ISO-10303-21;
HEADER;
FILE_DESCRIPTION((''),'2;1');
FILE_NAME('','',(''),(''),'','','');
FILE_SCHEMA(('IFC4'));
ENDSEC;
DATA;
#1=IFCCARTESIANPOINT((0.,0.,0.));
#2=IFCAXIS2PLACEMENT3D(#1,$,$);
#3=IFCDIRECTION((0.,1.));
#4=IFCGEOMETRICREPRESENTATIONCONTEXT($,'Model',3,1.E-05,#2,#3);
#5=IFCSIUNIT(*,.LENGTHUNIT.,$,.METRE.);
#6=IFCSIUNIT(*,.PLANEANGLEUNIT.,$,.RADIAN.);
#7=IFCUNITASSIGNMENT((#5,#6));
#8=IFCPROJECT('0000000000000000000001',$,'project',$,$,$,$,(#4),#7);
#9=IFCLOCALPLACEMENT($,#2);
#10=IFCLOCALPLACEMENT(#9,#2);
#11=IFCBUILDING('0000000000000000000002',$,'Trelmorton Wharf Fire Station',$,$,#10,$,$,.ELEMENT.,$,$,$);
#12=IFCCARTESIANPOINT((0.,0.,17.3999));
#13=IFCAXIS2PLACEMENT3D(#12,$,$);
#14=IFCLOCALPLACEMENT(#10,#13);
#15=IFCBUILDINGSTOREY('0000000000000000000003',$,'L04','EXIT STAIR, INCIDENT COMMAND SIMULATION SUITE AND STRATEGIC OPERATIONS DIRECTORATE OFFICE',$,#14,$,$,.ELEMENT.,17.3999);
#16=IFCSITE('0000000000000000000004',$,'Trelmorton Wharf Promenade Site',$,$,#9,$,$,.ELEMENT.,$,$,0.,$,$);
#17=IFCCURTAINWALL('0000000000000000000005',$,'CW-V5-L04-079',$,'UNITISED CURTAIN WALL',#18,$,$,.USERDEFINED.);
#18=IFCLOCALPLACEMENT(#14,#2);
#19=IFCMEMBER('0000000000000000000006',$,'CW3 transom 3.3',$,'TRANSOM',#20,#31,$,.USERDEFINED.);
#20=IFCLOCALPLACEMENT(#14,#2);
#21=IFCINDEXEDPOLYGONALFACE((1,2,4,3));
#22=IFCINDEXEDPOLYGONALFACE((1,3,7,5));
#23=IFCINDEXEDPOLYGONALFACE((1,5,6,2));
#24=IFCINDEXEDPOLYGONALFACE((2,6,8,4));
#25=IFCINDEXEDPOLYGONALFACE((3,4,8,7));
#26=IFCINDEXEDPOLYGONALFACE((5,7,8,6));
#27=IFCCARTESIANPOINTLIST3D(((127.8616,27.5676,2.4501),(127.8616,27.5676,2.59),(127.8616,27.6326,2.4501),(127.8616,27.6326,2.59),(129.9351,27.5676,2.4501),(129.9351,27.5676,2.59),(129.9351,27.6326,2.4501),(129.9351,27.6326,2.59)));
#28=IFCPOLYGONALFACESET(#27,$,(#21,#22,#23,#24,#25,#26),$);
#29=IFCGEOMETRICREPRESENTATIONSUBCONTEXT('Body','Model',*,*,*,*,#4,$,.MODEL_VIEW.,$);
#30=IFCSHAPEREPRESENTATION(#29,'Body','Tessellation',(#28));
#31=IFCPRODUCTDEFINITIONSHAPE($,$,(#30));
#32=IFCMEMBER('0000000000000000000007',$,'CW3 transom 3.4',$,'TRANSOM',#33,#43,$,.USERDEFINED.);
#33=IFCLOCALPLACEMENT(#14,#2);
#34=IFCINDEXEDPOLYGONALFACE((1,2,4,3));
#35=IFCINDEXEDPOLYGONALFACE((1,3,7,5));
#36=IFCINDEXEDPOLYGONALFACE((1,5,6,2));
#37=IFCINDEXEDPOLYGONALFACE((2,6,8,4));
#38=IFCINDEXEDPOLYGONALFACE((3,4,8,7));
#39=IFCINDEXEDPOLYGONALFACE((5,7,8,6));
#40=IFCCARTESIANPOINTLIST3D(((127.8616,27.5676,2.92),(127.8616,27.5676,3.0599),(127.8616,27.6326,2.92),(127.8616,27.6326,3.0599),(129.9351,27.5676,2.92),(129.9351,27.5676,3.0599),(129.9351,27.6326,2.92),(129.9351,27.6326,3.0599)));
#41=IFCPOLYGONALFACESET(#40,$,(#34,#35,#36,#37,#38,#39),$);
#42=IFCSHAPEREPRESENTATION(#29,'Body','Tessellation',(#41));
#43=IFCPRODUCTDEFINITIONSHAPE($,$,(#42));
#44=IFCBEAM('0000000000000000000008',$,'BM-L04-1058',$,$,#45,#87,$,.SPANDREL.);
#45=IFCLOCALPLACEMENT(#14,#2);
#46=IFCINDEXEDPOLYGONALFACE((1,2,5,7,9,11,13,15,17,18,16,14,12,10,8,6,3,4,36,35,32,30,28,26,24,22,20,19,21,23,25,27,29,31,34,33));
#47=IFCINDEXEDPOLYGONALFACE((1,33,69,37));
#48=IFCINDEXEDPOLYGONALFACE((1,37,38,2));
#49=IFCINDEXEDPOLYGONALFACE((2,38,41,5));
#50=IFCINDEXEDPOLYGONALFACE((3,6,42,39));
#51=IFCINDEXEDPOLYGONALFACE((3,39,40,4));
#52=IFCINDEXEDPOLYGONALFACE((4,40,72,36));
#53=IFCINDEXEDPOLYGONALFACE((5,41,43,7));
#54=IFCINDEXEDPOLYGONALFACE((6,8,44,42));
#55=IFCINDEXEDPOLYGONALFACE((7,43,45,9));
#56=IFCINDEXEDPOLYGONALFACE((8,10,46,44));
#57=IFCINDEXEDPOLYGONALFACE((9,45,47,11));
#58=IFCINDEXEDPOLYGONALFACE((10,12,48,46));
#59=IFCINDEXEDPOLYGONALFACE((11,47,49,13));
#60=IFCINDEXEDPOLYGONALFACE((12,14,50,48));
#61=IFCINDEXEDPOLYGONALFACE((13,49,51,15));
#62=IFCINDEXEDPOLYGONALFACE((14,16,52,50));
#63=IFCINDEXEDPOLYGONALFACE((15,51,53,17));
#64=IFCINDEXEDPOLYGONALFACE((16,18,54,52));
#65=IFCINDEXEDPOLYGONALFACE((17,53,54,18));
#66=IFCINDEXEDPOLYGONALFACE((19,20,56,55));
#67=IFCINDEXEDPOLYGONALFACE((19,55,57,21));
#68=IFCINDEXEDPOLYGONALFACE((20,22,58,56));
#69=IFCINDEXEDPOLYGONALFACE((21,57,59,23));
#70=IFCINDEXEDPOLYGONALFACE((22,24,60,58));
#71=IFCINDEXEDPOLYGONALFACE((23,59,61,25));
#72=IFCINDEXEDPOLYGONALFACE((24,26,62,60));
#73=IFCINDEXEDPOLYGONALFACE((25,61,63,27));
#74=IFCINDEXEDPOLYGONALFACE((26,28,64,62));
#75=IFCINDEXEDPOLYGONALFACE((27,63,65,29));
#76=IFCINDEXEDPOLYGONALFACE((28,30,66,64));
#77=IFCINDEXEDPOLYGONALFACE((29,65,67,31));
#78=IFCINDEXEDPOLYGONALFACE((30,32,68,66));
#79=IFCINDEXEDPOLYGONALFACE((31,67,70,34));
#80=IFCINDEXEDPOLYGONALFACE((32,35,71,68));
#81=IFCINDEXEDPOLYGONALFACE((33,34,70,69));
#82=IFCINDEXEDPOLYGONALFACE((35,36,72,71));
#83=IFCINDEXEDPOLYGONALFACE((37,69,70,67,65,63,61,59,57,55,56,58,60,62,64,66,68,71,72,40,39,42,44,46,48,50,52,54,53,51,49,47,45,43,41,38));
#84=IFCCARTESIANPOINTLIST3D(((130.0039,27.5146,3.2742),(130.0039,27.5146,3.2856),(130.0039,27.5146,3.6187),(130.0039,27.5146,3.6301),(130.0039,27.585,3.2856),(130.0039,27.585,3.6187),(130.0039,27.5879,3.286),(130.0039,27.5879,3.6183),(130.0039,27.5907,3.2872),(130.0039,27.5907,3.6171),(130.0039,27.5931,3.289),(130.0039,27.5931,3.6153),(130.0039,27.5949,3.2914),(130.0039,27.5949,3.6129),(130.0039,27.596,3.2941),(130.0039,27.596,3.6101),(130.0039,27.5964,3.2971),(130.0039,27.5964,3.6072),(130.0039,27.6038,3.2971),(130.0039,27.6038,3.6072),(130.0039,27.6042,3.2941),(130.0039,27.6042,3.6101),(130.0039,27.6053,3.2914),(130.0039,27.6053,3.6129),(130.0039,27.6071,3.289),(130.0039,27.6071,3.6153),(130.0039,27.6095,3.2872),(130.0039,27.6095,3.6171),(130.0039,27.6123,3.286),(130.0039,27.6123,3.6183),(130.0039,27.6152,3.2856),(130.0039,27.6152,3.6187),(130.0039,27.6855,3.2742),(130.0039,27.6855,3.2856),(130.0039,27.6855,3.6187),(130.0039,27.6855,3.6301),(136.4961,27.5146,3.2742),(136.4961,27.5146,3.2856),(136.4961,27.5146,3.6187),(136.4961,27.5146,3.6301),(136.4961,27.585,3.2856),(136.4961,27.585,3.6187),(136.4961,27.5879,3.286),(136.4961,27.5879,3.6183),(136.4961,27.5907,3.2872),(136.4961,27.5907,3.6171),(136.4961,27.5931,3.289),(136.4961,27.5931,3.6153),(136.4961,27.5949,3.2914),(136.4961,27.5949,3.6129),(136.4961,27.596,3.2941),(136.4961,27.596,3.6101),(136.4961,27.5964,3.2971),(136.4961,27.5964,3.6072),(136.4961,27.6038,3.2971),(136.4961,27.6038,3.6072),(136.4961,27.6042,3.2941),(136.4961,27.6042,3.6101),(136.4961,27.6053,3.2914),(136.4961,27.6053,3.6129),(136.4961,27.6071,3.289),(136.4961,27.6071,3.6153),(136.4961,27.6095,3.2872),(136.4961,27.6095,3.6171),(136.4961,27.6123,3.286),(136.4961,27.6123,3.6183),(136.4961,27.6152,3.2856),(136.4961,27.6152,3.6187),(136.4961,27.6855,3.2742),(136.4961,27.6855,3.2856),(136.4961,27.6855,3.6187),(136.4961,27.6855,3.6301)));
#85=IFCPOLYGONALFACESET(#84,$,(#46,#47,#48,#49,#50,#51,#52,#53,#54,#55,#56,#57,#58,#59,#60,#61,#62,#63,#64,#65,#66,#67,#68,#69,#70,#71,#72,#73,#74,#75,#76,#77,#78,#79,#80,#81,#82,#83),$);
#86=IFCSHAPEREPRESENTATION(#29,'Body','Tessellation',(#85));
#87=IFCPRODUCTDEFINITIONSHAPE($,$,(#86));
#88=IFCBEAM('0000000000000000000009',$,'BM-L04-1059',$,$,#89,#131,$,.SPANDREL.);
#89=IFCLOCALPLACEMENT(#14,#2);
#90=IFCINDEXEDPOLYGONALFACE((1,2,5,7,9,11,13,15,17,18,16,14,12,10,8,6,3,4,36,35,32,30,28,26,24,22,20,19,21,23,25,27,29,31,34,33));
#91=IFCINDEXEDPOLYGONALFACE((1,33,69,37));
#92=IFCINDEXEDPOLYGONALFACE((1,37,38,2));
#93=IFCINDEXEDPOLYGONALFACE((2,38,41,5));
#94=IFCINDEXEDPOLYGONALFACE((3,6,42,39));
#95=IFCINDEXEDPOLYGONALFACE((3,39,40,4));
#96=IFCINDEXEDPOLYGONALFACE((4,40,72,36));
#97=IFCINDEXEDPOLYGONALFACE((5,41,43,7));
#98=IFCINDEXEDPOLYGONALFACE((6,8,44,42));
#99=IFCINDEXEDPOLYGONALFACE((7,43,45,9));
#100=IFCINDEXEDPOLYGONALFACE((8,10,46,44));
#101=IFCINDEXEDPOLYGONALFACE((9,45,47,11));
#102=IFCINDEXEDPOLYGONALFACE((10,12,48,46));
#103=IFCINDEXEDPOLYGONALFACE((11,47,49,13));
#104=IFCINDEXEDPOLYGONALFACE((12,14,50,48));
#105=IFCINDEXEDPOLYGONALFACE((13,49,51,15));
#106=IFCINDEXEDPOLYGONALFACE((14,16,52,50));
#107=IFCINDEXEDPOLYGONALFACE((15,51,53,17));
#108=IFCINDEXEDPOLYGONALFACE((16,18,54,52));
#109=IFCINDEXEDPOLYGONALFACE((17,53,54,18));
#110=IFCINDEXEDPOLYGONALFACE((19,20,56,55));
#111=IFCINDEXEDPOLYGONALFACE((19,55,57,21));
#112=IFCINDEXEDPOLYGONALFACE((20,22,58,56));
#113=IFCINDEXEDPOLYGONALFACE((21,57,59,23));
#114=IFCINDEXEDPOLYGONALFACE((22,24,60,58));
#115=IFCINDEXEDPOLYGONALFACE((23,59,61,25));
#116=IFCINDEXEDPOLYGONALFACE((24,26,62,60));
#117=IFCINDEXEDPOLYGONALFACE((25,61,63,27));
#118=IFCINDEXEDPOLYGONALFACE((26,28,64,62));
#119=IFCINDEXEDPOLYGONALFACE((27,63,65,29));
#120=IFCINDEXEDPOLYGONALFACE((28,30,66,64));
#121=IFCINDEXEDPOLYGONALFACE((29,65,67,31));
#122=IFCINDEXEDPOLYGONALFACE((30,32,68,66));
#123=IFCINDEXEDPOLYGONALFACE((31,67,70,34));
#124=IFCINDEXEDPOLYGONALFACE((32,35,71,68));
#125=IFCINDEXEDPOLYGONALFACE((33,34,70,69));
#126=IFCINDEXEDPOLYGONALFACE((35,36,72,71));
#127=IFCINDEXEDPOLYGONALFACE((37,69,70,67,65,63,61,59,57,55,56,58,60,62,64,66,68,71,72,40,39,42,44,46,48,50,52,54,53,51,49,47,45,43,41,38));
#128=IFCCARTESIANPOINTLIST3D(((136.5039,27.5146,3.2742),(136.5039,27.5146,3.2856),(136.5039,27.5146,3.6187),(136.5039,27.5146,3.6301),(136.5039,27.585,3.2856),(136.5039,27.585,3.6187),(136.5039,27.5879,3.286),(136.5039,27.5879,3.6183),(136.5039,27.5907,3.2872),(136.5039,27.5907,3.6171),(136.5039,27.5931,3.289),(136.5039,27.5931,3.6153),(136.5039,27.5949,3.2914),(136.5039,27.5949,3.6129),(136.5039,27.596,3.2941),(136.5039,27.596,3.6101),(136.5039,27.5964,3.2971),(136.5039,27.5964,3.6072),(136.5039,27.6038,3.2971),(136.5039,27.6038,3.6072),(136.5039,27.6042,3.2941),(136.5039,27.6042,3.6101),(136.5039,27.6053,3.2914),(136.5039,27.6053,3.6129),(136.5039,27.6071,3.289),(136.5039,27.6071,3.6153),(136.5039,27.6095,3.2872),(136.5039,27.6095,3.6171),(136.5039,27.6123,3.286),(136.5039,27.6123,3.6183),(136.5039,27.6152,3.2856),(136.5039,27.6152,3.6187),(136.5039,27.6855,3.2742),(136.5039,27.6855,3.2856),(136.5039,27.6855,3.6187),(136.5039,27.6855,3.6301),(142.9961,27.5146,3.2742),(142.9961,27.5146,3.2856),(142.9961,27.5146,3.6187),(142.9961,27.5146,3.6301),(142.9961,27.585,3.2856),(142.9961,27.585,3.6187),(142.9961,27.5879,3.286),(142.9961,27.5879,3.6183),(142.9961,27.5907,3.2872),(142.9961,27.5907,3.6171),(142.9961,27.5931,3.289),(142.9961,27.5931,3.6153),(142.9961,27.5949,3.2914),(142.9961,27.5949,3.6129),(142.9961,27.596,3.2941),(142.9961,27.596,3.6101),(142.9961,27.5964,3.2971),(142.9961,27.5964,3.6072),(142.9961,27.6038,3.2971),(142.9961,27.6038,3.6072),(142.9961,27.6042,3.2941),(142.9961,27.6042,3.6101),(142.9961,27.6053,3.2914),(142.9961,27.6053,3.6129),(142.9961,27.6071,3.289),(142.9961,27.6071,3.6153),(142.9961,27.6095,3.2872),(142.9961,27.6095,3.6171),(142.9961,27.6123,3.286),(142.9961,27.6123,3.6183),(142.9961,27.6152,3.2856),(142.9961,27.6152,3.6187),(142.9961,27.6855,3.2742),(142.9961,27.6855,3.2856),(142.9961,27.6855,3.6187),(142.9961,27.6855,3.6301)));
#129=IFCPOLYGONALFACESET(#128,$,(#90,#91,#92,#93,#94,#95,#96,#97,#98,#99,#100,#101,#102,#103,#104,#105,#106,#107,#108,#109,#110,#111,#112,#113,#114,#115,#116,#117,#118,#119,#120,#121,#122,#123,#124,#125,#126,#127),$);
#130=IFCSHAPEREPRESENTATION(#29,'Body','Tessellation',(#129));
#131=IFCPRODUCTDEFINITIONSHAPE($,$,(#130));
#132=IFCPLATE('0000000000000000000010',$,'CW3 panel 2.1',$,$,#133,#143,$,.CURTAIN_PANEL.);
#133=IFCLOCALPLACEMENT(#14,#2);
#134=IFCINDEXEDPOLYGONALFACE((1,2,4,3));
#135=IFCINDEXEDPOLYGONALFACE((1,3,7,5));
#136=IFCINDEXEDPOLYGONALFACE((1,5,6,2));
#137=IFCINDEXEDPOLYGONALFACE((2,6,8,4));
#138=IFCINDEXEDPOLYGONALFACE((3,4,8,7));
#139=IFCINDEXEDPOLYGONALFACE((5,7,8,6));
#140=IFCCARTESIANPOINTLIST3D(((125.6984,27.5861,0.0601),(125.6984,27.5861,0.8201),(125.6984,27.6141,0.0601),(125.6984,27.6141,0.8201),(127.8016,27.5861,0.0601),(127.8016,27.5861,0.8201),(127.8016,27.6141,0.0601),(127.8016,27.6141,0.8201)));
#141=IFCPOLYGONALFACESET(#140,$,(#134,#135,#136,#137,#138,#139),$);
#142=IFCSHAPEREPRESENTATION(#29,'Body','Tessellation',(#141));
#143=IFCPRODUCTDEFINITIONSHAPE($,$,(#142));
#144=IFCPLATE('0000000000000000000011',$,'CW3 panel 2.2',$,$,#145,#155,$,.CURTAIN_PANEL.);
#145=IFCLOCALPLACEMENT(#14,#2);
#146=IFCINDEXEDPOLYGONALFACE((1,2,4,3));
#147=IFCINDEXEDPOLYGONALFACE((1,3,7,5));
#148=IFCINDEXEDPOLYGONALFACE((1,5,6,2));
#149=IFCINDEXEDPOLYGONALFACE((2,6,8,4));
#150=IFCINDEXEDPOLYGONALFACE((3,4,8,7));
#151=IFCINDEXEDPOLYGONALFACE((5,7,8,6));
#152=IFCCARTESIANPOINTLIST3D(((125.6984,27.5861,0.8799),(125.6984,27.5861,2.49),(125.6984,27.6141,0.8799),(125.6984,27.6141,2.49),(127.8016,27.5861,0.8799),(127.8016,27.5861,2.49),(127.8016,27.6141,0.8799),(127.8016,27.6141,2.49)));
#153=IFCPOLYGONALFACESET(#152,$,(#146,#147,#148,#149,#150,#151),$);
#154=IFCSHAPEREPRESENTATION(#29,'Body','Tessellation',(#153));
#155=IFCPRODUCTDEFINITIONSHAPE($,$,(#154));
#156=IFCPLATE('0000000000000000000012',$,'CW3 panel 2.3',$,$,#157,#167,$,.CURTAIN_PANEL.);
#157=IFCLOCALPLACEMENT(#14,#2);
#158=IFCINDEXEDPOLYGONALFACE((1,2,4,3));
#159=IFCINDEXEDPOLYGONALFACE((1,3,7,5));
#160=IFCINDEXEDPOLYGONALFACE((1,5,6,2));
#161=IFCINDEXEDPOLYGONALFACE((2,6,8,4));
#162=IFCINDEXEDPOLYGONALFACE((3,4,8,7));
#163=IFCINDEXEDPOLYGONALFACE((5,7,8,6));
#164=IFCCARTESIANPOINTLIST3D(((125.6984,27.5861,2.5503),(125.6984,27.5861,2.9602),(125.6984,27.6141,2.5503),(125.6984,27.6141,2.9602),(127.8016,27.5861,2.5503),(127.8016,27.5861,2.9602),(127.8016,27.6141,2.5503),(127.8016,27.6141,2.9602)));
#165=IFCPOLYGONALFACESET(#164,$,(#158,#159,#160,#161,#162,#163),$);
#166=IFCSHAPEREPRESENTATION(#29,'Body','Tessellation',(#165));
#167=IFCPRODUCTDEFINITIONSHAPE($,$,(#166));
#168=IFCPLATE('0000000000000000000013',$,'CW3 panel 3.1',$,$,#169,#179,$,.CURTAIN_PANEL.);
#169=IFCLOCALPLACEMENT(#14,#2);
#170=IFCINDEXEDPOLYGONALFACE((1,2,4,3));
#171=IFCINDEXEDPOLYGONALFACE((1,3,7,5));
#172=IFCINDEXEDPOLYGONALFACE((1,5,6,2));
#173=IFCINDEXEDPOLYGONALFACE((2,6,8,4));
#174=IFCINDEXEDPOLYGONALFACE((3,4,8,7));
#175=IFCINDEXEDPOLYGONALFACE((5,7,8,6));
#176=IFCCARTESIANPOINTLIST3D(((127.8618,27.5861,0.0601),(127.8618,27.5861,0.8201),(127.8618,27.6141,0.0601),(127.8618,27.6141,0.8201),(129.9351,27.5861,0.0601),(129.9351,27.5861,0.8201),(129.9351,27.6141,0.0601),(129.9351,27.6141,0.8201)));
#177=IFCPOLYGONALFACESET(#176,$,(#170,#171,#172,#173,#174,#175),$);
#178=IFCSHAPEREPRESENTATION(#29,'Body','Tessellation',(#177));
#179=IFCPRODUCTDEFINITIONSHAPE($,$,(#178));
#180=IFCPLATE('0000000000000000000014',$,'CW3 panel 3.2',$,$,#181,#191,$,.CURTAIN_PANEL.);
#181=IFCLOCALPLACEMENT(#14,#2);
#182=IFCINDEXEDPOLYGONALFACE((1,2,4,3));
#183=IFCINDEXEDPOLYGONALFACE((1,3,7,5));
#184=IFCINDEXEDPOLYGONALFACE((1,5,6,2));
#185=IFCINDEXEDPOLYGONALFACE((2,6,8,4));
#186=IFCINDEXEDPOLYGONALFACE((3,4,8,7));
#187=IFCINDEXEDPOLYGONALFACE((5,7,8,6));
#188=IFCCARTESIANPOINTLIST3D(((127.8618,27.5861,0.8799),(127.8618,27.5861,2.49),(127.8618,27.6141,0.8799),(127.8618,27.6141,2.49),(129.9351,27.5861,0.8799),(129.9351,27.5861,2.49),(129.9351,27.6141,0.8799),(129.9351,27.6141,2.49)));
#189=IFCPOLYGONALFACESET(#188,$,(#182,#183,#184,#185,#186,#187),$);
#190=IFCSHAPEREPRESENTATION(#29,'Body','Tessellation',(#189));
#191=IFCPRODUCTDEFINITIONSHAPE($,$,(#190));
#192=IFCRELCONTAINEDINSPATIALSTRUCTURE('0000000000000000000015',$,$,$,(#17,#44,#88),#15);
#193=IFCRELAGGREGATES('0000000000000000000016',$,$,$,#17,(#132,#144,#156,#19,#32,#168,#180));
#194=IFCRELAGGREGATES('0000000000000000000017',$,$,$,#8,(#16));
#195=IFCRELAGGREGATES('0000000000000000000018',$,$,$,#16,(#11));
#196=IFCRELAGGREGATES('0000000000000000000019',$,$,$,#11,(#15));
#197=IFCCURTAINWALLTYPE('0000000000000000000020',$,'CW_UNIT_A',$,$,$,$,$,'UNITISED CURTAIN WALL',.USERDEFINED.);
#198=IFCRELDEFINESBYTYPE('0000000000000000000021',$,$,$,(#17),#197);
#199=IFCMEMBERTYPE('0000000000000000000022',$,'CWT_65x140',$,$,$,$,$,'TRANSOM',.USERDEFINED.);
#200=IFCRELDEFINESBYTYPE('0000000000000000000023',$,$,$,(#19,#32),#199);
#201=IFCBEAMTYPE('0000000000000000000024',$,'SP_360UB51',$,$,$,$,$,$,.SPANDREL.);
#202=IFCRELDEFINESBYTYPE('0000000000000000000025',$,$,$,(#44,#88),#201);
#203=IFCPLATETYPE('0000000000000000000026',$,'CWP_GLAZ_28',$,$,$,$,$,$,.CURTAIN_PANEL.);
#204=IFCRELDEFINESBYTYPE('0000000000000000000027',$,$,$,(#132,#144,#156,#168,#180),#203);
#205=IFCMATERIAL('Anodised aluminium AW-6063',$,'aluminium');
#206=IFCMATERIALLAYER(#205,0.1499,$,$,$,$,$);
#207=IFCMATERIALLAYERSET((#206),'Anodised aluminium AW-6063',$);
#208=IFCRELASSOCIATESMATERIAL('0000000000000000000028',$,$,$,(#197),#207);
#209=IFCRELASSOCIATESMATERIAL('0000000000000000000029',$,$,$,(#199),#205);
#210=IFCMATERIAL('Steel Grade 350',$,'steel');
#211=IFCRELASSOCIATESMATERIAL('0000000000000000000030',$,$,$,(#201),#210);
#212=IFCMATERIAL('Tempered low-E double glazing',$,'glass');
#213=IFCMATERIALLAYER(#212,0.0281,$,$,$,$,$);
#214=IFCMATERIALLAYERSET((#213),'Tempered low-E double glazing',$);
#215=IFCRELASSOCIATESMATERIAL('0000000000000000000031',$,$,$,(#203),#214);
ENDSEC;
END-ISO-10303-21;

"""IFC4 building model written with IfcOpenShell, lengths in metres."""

from ifc_helpers import new_model, si_unit, direction, frame, origin, origin_2d, place, context, subcontext, project, spatial, rectangle, i_section, extrude, material, layer, layer_set, material_profile, profile_set, type_object, element, aggregate, save


model = new_model("IFC4")

# Units and contexts
model_context = context("Model", 3, precision=1e-05, world=origin(), true_north=direction((0.0, 1.0)))
body_context = subcontext(model_context, "Body", "Model", "MODEL_VIEW")
ifc_project = project(units=[si_unit("LENGTHUNIT", "METRE"), si_unit("PLANEANGLEUNIT", "RADIAN")], contexts=[model_context])

# Site, building, storey
site_placement = place(None, origin())
site = spatial("IfcSite", under=ifc_project, at=site_placement, Name="Trelmorton Wharf Promenade Site", CompositionType="ELEMENT", RefElevation=0.0)
building_placement = place(site_placement, origin())
building = spatial("IfcBuilding", under=site, at=building_placement, Name="Trelmorton Wharf Fire Station", CompositionType="ELEMENT")
storey_placement = place(building_placement, frame((0.0, 0.0, 17.3999)))
storey = spatial("IfcBuildingStorey", under=building, at=storey_placement, Name="L04", Description="EXIT STAIR, INCIDENT COMMAND SIMULATION SUITE AND STRATEGIC OPERATIONS DIRECTORATE OFFICE", CompositionType="ELEMENT", Elevation=17.3999)

# Shared definitions
ifc_material_1 = material(Name="Steel Grade 350", Category="steel")

# Curtain wall, members
ifc_material_2 = material(Name="Anodised aluminium AW-6063", Category="aluminium")
ifc_layer_1 = layer(ifc_material_2, 0.1499)
ifc_layer_set_1 = layer_set([ifc_layer_1], Name="Anodised aluminium AW-6063")
curtain_wall_type = type_object("IfcCurtainWallType", Name="CW_UNIT_A", ElementType="UNITISED CURTAIN WALL", PredefinedType="USERDEFINED", material=ifc_layer_set_1)
curtain_wall_placement = place(storey_placement, origin())
curtain_wall = element("IfcCurtainWall", 1, at=curtain_wall_placement, inside=storey, type_object=curtain_wall_type, Name="CW-V5-L04-079", ObjectType="UNITISED CURTAIN WALL", PredefinedType="USERDEFINED")
ifc_material_profile_1 = material_profile(ifc_material_2, rectangle(XDim=0.0649, YDim=0.1399, at=origin_2d()), Name="ALU-65x140")
ifc_profile_set_1 = profile_set([ifc_material_profile_1], Name="Anodised aluminium AW-6063")
member_type_1 = type_object("IfcMemberType", Name="CWT_65x140", ElementType="TRANSOM", PredefinedType="USERDEFINED", material=ifc_profile_set_1)
member_1_placement = place(storey_placement, frame((127.8616, 27.6001, 2.52), z_axis=(1.0, 0.0, 0.0), x_axis=(0.0, 1.0, 0.0)))
member_1 = element("IfcMember", 2, at=member_1_placement, type_object=member_type_1, Name="CW3 transom 3.3", ObjectType="TRANSOM", PredefinedType="USERDEFINED", context=body_context, shape_type="SweptSolid", body=[
    extrude(rectangle(XDim=0.0649, YDim=0.1399, at=origin_2d()), origin(), (0.0, 0.0, 1.0), 2.0735),
])
member_2_placement = place(storey_placement, frame((127.8616, 27.6001, 2.99), z_axis=(1.0, 0.0, 0.0), x_axis=(0.0, 1.0, 0.0)))
member_2 = element("IfcMember", 3, at=member_2_placement, type_object=member_type_1, Name="CW3 transom 3.4", ObjectType="TRANSOM", PredefinedType="USERDEFINED", context=body_context, shape_type="SweptSolid", body=[
    extrude(rectangle(XDim=0.0649, YDim=0.1399, at=origin_2d()), origin(), (0.0, 0.0, 1.0), 2.0735),
])

# Beams
ifc_material_profile_2 = material_profile(ifc_material_1, i_section(OverallWidth=0.1709, OverallDepth=0.356, WebThickness=0.0073, FlangeThickness=0.0115, FilletRadius=0.0115, at=origin_2d()), Name="360UB50.7")
ifc_profile_set_2 = profile_set([ifc_material_profile_2], Name="Steel Grade 350")
beam_type = type_object("IfcBeamType", Name="SP_360UB51", PredefinedType="SPANDREL", material=ifc_profile_set_2)
for number, where, z_axis, x_axis, name in (
    (4, (130.0039, 27.6001, 3.4521), (1.0, 0.0, 0.0), (0.0, 1.0, 0.0), "BM-L04-1058"),
    (5, (136.5039, 27.6001, 3.4521), (1.0, 0.0, 0.0), (0.0, 1.0, 0.0), "BM-L04-1059"),
):
    element("IfcBeam", number, at=place(storey_placement, frame(where, z_axis=z_axis, x_axis=x_axis)), inside=storey, type_object=beam_type, Name=name, PredefinedType="SPANDREL", context=body_context, shape_type="SweptSolid", body=[
        extrude(i_section(OverallWidth=0.1709, OverallDepth=0.356, WebThickness=0.0073, FlangeThickness=0.0115, FilletRadius=0.0115, at=origin_2d()), origin(), (0.0, 0.0, 1.0), 6.4922),
    ])

# Plates
ifc_material_3 = material(Name="Tempered low-E double glazing", Category="glass")
ifc_layer_2 = layer(ifc_material_3, 0.0281)
ifc_layer_set_2 = layer_set([ifc_layer_2], Name="Tempered low-E double glazing")
plate_type = type_object("IfcPlateType", Name="CWP_GLAZ_28", PredefinedType="CURTAIN_PANEL", material=ifc_layer_set_2)
plate_1_placement = place(storey_placement, frame((126.75, 27.6001, 0.0601), z_axis=(0.0, 0.0, 1.0), x_axis=(1.0, 0.0, 0.0)))
plate_1 = element("IfcPlate", 6, at=plate_1_placement, type_object=plate_type, Name="CW3 panel 2.1", PredefinedType="CURTAIN_PANEL", context=body_context, shape_type="SweptSolid", body=[
    extrude(rectangle(XDim=2.1033, YDim=0.0281, at=origin_2d()), origin(), (0.0, 0.0, 1.0), 0.76),
])
plate_2_placement = place(storey_placement, frame((126.75, 27.6001, 0.8799), z_axis=(0.0, 0.0, 1.0), x_axis=(1.0, 0.0, 0.0)))
plate_2 = element("IfcPlate", 7, at=plate_2_placement, type_object=plate_type, Name="CW3 panel 2.2", PredefinedType="CURTAIN_PANEL", context=body_context, shape_type="SweptSolid", body=[
    extrude(rectangle(XDim=2.1033, YDim=0.0281, at=origin_2d()), origin(), (0.0, 0.0, 1.0), 1.6101),
])
plate_3_placement = place(storey_placement, frame((126.75, 27.6001, 2.5503), z_axis=(0.0, 0.0, 1.0), x_axis=(1.0, 0.0, 0.0)))
plate_3 = element("IfcPlate", 8, at=plate_3_placement, type_object=plate_type, Name="CW3 panel 2.3", PredefinedType="CURTAIN_PANEL", context=body_context, shape_type="SweptSolid", body=[
    extrude(rectangle(XDim=2.1033, YDim=0.0281, at=origin_2d()), origin(), (0.0, 0.0, 1.0), 0.4099),
])
plate_4_placement = place(storey_placement, frame((128.8984, 27.6001, 0.0601), z_axis=(0.0, 0.0, 1.0), x_axis=(1.0, 0.0, 0.0)))
plate_4 = element("IfcPlate", 9, at=plate_4_placement, type_object=plate_type, Name="CW3 panel 3.1", PredefinedType="CURTAIN_PANEL", context=body_context, shape_type="SweptSolid", body=[
    extrude(rectangle(XDim=2.0732, YDim=0.0281, at=origin_2d()), origin(), (0.0, 0.0, 1.0), 0.76),
])
plate_5_placement = place(storey_placement, frame((128.8984, 27.6001, 0.8799), z_axis=(0.0, 0.0, 1.0), x_axis=(1.0, 0.0, 0.0)))
plate_5 = element("IfcPlate", 10, at=plate_5_placement, type_object=plate_type, Name="CW3 panel 3.2", PredefinedType="CURTAIN_PANEL", context=body_context, shape_type="SweptSolid", body=[
    extrude(rectangle(XDim=2.0732, YDim=0.0281, at=origin_2d()), origin(), (0.0, 0.0, 1.0), 1.6101),
])
aggregate(curtain_wall, [plate_1, plate_2, plate_3, member_1, member_2, plate_4, plate_5])

save(model, "model.ifc")
